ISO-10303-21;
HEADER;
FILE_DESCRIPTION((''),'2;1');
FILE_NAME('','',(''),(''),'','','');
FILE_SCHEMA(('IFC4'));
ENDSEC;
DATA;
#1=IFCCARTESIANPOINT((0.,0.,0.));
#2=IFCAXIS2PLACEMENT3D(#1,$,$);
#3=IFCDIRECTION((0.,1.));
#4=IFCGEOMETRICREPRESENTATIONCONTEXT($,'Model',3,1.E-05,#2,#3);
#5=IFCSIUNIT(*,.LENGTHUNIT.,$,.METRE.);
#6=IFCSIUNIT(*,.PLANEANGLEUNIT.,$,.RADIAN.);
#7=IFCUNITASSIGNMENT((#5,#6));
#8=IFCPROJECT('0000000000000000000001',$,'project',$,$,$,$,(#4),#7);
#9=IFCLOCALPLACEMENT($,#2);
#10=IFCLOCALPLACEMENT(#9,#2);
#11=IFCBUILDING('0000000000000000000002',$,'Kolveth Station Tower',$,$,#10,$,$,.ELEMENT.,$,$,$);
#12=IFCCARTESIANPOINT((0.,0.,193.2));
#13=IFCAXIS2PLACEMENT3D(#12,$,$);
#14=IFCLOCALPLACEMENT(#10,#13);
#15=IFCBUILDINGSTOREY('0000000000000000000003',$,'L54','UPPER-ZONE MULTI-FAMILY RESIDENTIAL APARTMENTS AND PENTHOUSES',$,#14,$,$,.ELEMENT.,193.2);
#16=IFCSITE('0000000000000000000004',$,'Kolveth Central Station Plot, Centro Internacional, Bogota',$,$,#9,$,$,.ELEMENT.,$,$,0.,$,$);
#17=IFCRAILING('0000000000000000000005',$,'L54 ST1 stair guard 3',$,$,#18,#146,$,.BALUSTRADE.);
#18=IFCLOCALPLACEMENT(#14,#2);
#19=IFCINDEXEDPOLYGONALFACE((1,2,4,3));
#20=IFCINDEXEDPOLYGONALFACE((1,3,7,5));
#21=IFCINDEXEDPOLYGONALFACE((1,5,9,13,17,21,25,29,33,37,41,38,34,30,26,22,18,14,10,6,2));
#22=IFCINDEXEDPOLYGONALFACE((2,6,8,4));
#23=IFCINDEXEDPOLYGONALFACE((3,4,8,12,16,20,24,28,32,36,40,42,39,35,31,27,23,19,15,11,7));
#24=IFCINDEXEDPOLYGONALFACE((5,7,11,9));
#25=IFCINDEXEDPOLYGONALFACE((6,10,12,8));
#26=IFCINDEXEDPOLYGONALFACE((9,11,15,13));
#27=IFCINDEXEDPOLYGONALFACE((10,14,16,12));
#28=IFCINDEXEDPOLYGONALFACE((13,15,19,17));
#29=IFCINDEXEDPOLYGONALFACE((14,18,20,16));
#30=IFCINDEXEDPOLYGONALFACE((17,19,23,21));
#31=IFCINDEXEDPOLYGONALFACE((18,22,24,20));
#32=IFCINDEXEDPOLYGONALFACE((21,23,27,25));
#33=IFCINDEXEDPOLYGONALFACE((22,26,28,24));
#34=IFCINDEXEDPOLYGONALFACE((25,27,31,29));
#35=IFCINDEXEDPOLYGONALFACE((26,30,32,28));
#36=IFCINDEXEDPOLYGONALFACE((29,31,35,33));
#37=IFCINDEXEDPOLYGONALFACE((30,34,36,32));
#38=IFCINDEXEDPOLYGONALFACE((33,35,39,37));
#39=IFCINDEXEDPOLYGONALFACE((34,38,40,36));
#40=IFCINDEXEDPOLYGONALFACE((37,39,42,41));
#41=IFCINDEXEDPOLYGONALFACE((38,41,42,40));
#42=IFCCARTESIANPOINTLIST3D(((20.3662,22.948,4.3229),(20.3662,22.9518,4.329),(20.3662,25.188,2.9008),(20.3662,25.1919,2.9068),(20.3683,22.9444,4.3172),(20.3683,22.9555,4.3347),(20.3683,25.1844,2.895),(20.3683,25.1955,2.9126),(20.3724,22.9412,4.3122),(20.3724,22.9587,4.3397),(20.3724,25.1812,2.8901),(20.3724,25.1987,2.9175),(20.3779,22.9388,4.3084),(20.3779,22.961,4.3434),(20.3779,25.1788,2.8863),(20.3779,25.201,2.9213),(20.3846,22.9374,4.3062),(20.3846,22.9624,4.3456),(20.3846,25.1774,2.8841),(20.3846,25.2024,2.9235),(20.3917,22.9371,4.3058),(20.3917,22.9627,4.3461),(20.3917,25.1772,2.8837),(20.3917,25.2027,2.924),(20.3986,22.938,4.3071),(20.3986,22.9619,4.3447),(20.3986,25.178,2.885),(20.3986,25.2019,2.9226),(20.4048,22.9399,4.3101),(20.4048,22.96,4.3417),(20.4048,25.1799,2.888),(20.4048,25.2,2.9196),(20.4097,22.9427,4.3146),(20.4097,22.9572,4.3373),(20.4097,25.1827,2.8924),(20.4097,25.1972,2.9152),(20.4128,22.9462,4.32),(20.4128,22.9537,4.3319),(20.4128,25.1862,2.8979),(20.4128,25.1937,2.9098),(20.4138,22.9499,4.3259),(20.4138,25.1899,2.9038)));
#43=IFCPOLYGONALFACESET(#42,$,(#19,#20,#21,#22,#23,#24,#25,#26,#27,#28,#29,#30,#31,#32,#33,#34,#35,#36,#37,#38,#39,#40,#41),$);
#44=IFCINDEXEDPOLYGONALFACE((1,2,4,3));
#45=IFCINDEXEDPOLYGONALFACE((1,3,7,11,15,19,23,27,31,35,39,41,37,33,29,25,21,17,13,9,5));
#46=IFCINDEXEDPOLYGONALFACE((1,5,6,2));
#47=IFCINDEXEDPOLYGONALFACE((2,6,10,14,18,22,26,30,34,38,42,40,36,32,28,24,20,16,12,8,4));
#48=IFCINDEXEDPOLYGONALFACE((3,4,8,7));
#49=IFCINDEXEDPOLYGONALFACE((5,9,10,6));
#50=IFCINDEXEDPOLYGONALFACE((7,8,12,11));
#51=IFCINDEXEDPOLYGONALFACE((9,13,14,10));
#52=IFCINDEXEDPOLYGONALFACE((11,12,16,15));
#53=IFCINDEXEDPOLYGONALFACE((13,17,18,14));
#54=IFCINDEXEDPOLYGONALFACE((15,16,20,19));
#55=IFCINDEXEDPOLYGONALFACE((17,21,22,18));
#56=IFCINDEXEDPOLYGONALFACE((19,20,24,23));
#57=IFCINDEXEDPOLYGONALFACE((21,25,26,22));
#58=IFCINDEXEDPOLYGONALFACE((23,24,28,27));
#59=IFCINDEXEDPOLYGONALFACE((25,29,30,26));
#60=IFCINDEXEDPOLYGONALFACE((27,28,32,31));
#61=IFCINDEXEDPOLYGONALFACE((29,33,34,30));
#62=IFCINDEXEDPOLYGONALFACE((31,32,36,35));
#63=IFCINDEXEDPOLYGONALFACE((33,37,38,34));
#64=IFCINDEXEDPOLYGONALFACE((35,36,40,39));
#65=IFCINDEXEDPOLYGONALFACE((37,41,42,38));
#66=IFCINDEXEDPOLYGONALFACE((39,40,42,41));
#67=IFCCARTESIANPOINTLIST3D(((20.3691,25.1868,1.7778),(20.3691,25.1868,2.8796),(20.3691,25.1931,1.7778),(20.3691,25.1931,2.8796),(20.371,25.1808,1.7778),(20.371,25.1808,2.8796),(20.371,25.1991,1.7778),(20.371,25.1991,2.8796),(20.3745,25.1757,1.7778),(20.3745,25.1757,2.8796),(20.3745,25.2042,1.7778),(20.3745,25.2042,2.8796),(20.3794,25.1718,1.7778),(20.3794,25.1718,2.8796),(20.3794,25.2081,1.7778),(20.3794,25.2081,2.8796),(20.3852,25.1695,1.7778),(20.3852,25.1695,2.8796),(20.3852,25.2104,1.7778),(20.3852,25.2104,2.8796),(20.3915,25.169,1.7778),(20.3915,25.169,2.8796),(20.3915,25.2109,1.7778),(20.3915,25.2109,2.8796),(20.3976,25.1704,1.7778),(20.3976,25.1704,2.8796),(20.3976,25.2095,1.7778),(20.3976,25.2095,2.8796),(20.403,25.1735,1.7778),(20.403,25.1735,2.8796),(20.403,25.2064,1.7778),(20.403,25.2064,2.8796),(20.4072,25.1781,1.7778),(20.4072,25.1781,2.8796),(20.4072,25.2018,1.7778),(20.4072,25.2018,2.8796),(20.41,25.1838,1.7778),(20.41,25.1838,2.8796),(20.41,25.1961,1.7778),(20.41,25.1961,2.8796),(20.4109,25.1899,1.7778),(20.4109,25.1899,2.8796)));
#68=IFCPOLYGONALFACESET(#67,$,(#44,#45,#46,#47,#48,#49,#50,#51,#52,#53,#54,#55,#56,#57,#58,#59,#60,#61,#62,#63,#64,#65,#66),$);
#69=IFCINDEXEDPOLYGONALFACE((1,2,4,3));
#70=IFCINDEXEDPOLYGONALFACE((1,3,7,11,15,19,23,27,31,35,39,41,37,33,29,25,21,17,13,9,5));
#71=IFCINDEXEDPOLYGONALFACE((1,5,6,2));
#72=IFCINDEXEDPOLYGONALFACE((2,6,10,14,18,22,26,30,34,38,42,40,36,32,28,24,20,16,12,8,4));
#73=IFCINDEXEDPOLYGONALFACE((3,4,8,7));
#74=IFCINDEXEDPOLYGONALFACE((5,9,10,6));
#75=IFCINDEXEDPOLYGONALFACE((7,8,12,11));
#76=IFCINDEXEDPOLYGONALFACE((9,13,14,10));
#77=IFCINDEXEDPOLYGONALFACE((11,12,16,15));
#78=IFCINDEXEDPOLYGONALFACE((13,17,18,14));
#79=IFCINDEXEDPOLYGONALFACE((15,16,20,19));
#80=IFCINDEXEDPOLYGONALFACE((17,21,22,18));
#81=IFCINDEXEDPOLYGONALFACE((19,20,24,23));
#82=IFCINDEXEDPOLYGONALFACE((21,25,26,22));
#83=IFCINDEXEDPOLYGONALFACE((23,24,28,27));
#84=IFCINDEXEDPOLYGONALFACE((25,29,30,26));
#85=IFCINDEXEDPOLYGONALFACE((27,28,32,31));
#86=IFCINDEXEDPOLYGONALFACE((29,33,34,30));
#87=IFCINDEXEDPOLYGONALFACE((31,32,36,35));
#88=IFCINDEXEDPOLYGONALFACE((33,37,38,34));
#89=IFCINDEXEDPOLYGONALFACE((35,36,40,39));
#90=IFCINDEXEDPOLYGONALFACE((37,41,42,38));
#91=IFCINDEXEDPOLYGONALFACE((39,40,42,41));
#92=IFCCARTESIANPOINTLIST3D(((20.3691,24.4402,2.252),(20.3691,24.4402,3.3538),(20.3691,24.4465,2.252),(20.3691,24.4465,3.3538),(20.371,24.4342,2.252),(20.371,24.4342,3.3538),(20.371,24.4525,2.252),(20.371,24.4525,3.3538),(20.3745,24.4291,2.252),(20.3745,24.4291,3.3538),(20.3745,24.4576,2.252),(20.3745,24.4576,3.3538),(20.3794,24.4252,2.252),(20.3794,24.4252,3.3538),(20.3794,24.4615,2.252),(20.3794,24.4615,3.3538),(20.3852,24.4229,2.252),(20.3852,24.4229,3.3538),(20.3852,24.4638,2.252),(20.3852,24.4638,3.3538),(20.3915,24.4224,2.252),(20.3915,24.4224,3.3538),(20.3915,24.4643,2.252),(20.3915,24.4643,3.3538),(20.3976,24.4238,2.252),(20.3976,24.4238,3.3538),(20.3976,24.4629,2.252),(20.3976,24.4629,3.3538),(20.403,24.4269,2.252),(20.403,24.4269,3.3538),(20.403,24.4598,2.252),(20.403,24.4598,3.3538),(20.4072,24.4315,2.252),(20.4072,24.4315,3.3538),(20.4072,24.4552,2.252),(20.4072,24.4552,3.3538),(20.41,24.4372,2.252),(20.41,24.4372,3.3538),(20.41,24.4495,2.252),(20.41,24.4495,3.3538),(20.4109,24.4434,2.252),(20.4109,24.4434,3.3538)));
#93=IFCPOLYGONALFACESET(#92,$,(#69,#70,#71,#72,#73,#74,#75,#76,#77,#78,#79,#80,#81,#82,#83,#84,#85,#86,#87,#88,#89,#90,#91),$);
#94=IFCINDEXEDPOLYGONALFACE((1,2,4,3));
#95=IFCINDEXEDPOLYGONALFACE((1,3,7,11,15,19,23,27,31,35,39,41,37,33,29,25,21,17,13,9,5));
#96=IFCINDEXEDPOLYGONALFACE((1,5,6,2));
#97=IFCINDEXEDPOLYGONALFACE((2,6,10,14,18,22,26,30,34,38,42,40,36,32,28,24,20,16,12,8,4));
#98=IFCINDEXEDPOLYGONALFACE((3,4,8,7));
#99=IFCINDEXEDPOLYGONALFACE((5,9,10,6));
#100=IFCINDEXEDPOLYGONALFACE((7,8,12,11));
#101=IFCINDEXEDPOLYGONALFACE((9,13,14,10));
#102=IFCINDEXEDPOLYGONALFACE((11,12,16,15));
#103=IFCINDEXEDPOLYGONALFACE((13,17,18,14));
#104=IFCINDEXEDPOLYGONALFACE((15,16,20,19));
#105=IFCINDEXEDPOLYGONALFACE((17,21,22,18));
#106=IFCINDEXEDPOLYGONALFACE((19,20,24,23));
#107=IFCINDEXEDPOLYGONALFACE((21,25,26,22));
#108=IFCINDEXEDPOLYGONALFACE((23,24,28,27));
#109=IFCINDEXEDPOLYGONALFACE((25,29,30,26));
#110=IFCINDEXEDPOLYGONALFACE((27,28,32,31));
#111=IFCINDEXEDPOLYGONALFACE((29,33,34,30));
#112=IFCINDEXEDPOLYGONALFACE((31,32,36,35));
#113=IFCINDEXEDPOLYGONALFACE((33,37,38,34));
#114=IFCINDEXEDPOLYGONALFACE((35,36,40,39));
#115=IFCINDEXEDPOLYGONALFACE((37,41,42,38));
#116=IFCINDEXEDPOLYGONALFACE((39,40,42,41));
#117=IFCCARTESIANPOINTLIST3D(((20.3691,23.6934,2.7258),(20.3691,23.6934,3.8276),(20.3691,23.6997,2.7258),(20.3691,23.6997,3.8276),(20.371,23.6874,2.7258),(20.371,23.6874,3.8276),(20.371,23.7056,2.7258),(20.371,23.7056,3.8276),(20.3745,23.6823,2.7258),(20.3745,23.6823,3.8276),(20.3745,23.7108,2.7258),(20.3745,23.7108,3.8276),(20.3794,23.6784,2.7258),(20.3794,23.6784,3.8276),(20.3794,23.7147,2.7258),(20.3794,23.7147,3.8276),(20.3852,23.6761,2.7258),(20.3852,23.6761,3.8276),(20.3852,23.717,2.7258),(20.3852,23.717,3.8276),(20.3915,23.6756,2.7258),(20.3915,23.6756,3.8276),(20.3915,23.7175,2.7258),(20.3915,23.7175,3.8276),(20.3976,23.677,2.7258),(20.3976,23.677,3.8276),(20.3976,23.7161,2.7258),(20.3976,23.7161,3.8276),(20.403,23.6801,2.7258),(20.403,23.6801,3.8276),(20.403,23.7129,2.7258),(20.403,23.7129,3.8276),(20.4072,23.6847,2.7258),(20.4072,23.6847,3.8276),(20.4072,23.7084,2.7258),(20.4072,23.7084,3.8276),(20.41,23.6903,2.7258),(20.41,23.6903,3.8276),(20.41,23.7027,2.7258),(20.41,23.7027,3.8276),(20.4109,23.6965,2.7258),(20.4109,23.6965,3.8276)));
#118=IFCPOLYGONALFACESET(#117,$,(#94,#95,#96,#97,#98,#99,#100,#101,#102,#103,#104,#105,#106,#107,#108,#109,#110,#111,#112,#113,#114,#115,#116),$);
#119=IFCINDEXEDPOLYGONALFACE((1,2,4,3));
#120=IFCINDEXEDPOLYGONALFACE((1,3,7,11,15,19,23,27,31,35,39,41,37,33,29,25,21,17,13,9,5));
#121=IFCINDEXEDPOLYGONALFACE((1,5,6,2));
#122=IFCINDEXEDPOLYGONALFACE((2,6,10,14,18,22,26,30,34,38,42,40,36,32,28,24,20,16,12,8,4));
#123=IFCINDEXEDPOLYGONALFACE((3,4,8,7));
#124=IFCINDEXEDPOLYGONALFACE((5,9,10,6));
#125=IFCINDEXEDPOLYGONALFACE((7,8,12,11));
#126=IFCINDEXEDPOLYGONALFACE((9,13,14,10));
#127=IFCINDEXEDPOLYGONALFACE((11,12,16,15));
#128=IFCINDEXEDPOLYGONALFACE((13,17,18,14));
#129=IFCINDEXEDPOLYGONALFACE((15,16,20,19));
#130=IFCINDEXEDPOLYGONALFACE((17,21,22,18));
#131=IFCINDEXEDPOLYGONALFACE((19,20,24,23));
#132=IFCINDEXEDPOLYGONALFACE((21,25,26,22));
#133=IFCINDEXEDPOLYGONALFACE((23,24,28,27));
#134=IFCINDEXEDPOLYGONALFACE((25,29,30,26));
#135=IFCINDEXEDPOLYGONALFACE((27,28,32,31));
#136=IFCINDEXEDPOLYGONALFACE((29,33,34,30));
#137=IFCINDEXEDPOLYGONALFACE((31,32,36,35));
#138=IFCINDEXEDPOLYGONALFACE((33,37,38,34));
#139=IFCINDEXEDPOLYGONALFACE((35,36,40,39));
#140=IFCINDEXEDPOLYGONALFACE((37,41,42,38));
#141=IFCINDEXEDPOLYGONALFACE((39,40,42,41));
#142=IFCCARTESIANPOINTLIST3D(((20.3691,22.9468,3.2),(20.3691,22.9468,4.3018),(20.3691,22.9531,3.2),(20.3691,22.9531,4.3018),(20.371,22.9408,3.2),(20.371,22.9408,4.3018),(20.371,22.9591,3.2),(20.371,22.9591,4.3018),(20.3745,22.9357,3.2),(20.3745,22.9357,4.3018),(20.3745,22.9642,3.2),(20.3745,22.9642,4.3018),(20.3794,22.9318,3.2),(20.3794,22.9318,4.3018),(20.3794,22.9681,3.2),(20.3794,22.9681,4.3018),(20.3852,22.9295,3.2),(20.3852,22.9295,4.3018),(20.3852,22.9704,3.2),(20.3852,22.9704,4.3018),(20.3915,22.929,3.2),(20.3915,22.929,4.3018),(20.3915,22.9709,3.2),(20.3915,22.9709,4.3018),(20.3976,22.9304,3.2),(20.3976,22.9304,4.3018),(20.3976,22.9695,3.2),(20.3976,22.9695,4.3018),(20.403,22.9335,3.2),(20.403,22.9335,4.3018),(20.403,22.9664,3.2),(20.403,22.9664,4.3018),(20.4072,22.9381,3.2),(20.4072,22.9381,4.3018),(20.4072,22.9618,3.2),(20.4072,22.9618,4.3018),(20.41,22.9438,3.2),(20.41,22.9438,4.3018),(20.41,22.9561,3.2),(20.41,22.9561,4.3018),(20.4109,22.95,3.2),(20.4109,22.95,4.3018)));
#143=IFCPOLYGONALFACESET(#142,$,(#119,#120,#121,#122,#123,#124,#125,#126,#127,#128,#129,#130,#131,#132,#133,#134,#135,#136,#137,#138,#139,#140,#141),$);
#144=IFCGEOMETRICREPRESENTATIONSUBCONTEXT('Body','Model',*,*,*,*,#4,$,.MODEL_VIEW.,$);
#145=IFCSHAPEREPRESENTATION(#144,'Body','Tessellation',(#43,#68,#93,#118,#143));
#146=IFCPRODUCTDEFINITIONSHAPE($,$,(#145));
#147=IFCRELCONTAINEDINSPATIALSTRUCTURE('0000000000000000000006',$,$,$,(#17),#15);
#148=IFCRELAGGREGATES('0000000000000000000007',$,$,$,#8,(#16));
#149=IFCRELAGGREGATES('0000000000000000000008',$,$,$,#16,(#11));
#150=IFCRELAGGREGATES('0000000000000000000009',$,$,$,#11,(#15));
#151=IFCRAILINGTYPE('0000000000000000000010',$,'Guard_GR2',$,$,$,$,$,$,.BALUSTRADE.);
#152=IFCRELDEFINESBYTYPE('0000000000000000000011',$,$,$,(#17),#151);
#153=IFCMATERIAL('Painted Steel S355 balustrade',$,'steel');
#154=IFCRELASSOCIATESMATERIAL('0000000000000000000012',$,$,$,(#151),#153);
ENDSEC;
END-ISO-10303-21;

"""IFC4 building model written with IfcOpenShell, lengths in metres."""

from ifc_helpers import new_model, si_unit, direction, frame, origin, origin_2d, place, context, subcontext, project, spatial, circle, extrude, material, type_object, element, save


model = new_model("IFC4")

# Units and contexts
model_context = context("Model", 3, precision=1e-05, world=origin(), true_north=direction((0.0, 1.0)))
body_context = subcontext(model_context, "Body", "Model", "MODEL_VIEW")
ifc_project = project(units=[si_unit("LENGTHUNIT", "METRE"), si_unit("PLANEANGLEUNIT", "RADIAN")], contexts=[model_context])

# Site, building, storey
site_placement = place(None, origin())
site = spatial("IfcSite", under=ifc_project, at=site_placement, Name="Kolveth Central Station Plot, Centro Internacional, Bogota", CompositionType="ELEMENT", RefElevation=0.0)
building_placement = place(site_placement, origin())
building = spatial("IfcBuilding", under=site, at=building_placement, Name="Kolveth Station Tower", CompositionType="ELEMENT")
storey_placement = place(building_placement, frame((0.0, 0.0, 193.2)))
storey = spatial("IfcBuildingStorey", under=building, at=storey_placement, Name="L54", Description="UPPER-ZONE MULTI-FAMILY RESIDENTIAL APARTMENTS AND PENTHOUSES", CompositionType="ELEMENT", Elevation=193.2)

# Railing
ifc_material_1 = material(Name="Painted Steel S355 balustrade", Category="steel")
railing_type_1 = type_object("IfcRailingType", Name="Guard_GR2", PredefinedType="BALUSTRADE", material=ifc_material_1)
railing_1_placement = place(storey_placement, frame((20.3899, 25.1899, 1.7778)))
element("IfcRailing", 1, at=railing_1_placement, inside=storey, type_object=railing_type_1, Name="L54 ST1 stair guard 3", PredefinedType="BALUSTRADE", context=body_context, shape_type="SweptSolid", body=[
    extrude(circle(Radius=0.0239, at=origin_2d()), frame((0.0, 0.0, 1.126), z_axis=(0.0, -0.844229, 0.535982), x_axis=(1.0, 0.0, 0.0)), (0.0, 0.0, 1.0), 2.6533),
    extrude(circle(Radius=0.021, at=origin_2d()), origin(), (0.0, 0.0, 1.0), 1.1018),
    extrude(circle(Radius=0.021, at=origin_2d()), frame((0.0, -0.7466, 0.4741)), (0.0, 0.0, 1.0), 1.1018),
    extrude(circle(Radius=0.021, at=origin_2d()), frame((0.0, -1.4934, 0.948)), (0.0, 0.0, 1.0), 1.1018),
    extrude(circle(Radius=0.021, at=origin_2d()), frame((0.0, -2.24, 1.4221)), (0.0, 0.0, 1.0), 1.1018),
])

save(model, "model.ifc")
